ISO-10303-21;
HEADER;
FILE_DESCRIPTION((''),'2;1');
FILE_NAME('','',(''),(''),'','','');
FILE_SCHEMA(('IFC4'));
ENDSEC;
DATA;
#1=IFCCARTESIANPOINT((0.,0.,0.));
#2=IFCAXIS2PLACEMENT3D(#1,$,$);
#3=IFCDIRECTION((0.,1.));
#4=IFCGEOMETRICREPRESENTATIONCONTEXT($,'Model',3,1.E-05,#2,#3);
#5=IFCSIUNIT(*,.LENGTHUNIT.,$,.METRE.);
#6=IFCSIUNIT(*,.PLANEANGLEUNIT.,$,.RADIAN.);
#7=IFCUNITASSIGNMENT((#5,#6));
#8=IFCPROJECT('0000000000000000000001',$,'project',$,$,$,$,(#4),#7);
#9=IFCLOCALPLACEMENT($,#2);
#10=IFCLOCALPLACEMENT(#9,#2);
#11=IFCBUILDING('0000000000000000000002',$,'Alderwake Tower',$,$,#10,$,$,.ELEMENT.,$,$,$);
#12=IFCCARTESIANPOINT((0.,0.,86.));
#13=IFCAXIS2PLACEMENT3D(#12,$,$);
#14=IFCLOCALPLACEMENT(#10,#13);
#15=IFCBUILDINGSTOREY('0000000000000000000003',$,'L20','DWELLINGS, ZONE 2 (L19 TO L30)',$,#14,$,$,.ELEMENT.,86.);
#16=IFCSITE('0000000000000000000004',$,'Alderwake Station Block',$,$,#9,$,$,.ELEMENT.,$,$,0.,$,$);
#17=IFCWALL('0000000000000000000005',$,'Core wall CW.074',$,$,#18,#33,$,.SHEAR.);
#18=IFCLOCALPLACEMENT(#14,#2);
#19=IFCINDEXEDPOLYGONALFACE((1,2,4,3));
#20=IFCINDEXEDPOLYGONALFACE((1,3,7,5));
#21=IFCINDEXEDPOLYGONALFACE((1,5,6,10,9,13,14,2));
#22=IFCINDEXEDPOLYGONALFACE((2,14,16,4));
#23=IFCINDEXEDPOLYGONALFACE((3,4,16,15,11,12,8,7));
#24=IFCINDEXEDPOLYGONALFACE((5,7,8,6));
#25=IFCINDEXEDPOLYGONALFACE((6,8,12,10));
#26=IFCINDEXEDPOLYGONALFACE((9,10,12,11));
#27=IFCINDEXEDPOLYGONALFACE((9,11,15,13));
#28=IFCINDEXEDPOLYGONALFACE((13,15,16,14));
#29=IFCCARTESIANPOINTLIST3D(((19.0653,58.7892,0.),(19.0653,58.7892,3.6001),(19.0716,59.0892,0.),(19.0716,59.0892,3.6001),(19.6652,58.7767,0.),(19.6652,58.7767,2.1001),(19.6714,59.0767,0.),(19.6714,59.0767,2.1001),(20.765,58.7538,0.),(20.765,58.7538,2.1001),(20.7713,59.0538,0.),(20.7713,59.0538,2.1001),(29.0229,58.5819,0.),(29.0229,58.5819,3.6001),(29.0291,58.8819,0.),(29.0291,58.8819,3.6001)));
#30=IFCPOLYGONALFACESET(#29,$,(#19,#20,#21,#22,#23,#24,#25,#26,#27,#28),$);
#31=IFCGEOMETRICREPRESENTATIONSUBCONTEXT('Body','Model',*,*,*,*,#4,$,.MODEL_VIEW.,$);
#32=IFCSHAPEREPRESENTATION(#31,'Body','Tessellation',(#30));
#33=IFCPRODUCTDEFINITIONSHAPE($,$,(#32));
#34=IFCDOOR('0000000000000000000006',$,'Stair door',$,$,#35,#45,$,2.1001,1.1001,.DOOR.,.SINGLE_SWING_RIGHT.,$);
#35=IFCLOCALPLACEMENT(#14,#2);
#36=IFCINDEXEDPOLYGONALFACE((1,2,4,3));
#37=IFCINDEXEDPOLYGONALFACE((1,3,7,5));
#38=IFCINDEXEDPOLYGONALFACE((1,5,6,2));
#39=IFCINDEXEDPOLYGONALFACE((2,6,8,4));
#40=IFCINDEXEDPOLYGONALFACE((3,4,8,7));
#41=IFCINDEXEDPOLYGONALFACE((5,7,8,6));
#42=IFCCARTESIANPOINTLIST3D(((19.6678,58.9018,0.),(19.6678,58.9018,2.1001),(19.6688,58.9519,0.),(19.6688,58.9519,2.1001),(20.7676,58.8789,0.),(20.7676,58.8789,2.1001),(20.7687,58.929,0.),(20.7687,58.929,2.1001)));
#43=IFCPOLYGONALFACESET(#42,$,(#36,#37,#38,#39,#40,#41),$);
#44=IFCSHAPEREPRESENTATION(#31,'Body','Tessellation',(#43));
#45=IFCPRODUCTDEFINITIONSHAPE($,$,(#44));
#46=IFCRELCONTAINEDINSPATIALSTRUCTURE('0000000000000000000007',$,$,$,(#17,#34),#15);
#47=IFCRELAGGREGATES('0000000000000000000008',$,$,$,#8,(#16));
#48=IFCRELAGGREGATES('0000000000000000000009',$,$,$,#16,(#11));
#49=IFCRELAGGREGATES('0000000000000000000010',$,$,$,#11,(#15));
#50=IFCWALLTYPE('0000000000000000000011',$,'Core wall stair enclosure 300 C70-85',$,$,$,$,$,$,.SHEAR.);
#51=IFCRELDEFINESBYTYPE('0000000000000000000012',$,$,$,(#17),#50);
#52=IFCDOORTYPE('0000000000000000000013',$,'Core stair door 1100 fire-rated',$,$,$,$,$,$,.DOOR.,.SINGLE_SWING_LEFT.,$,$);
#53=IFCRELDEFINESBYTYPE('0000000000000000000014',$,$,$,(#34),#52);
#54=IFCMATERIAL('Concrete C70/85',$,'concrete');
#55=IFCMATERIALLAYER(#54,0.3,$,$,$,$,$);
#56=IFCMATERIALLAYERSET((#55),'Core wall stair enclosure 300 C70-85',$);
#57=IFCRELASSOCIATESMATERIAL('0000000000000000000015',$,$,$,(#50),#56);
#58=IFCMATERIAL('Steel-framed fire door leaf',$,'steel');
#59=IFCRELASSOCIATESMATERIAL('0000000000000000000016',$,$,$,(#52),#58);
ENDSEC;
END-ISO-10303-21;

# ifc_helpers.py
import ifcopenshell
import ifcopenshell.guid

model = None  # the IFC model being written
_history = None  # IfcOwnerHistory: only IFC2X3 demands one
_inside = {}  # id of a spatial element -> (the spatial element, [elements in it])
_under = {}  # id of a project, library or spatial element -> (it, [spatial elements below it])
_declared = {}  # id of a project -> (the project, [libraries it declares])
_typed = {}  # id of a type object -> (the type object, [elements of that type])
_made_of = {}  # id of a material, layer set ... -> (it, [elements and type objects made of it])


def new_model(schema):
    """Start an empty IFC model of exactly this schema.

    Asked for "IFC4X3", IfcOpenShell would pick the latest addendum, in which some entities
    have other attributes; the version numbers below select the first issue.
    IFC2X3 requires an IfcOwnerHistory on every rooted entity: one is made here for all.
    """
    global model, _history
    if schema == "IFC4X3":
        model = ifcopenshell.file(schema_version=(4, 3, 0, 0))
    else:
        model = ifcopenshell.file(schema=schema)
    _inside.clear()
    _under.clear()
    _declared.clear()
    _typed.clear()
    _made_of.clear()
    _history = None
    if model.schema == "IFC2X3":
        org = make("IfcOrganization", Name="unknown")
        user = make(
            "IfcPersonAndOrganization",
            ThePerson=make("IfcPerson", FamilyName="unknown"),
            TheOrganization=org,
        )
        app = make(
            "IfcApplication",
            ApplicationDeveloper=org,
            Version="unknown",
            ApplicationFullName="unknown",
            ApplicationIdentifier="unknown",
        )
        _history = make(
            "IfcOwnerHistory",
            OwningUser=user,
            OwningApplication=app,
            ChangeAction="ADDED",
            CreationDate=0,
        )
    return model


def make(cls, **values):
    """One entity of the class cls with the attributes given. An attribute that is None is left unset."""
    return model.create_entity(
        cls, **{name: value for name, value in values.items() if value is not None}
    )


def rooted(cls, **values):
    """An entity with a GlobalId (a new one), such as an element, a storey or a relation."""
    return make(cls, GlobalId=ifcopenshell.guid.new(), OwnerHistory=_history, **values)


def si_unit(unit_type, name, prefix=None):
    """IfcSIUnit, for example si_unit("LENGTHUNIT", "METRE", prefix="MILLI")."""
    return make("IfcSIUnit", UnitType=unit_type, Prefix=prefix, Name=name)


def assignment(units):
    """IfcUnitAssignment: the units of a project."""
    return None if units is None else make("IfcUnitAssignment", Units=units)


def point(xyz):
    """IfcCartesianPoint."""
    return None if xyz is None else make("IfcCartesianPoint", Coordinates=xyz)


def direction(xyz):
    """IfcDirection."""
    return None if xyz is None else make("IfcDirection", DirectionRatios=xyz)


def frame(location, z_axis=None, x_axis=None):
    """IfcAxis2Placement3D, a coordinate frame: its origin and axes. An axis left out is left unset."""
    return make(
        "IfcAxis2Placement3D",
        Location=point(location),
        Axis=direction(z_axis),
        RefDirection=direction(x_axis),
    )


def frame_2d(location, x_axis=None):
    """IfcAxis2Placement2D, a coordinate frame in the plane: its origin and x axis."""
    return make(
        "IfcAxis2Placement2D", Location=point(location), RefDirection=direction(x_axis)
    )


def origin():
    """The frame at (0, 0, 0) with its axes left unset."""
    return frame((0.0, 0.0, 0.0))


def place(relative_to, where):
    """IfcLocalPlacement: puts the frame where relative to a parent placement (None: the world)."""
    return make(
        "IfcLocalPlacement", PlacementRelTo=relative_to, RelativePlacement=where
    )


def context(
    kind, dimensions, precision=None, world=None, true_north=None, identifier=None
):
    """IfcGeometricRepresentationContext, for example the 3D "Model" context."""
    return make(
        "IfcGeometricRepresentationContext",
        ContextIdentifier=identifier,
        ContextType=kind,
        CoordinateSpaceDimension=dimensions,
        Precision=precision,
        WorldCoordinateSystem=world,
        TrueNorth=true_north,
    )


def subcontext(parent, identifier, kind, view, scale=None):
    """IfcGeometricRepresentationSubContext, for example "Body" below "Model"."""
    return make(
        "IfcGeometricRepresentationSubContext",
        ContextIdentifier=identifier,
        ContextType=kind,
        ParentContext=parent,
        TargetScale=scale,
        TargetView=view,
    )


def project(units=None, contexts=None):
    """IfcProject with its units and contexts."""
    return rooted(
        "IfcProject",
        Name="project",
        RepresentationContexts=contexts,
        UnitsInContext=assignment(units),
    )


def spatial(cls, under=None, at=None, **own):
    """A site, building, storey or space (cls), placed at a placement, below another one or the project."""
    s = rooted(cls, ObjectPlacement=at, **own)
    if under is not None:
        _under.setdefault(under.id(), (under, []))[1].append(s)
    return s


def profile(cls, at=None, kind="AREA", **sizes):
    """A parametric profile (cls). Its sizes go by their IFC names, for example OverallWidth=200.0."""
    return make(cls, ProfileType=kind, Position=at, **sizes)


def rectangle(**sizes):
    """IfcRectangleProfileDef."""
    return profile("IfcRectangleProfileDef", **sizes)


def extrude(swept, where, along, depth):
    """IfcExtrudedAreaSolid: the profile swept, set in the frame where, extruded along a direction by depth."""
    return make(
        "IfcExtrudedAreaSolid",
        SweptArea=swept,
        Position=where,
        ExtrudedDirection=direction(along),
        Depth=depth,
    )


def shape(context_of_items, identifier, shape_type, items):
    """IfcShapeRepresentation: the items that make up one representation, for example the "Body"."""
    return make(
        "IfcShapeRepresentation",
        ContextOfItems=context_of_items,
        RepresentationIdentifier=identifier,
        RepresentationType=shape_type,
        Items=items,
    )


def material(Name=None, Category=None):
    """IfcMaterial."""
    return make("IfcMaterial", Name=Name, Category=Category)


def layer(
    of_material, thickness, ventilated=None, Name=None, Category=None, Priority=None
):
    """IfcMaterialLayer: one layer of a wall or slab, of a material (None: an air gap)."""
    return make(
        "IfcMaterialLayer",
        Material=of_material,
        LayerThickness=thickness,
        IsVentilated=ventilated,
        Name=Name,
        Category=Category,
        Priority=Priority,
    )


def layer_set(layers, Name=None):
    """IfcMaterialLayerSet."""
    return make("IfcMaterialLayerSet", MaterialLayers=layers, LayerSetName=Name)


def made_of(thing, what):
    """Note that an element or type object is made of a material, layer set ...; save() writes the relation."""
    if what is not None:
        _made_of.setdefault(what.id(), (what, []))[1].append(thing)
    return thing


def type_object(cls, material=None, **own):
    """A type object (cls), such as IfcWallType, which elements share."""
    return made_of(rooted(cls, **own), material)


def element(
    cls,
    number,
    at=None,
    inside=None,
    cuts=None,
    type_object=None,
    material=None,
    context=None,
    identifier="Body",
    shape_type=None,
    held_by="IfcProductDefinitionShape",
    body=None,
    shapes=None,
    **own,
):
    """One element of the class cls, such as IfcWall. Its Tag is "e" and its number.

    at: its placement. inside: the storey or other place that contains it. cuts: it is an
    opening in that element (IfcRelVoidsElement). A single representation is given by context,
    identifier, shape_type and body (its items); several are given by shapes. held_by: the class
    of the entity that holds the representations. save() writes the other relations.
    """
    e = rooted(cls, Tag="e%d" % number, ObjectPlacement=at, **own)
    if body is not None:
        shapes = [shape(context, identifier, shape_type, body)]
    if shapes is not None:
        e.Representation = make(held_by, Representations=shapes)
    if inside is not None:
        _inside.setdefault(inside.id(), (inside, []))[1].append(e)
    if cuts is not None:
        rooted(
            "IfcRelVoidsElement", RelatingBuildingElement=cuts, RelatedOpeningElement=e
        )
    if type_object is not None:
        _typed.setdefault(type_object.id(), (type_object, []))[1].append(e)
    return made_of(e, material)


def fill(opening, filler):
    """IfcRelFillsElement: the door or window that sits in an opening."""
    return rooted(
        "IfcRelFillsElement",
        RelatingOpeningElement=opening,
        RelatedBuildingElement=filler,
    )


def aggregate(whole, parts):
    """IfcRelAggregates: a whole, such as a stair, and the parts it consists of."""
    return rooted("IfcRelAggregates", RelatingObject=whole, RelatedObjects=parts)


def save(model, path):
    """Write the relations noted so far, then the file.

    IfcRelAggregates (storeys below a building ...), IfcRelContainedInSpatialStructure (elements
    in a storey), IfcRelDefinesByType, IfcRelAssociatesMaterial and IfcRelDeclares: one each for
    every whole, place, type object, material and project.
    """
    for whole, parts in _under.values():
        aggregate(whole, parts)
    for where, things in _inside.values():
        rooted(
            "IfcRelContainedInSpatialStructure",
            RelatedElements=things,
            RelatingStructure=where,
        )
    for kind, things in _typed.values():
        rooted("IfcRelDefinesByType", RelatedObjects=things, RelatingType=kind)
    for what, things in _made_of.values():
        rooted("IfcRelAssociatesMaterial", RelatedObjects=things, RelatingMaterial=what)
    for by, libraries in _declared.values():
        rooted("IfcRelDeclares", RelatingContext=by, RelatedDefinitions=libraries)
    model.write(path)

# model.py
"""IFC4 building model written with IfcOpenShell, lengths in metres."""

from ifc_helpers import new_model, si_unit, direction, frame, frame_2d, origin, place, context, subcontext, project, spatial, rectangle, extrude, material, layer, layer_set, type_object, element, fill, save


model = new_model("IFC4")

# Units and contexts
model_context = context("Model", 3, precision=1e-05, world=origin(), true_north=direction((0.0, 1.0)))
body_context = subcontext(model_context, "Body", "Model", "MODEL_VIEW")
ifc_project = project(units=[si_unit("LENGTHUNIT", "METRE"), si_unit("PLANEANGLEUNIT", "RADIAN")], contexts=[model_context])

# Site, building, storey
site_placement = place(None, origin())
site = spatial("IfcSite", under=ifc_project, at=site_placement, Name="Alderwake Station Block", CompositionType="ELEMENT", RefElevation=0.0)
building_placement = place(site_placement, origin())
building = spatial("IfcBuilding", under=site, at=building_placement, Name="Alderwake Tower", CompositionType="ELEMENT")
storey_placement = place(building_placement, frame((0.0, 0.0, 86.0)))
storey = spatial("IfcBuildingStorey", under=building, at=storey_placement, Name="L20", Description="DWELLINGS, ZONE 2 (L19 TO L30)", CompositionType="ELEMENT", Elevation=86.0)

# Wall, opening, door
ifc_material_1 = material(Name="Concrete C70/85", Category="concrete")
ifc_layer_1 = layer(ifc_material_1, 0.3)
ifc_layer_set_1 = layer_set([ifc_layer_1], Name="Core wall stair enclosure 300 C70-85")
wall_type_1 = type_object("IfcWallType", Name="Core wall stair enclosure 300 C70-85", PredefinedType="SHEAR", material=ifc_layer_set_1)
wall_1_placement = place(storey_placement, frame((29.0261, 58.7319, 0.0), z_axis=(0.0, 0.0, 1.0), x_axis=(-0.999783, 0.020811, 0.0)))
wall_1 = element("IfcWall", 1, at=wall_1_placement, inside=storey, type_object=wall_type_1, Name="Core wall CW.074", PredefinedType="SHEAR", context=body_context, shape_type="SweptSolid", body=[
    extrude(rectangle(XDim=9.9597, YDim=0.3, at=frame_2d((4.98, 0.0))), origin(), (0.0, 0.0, 1.0), 3.6001),
])
opening_1_placement = place(wall_1_placement, frame((8.2598, 0.0, 0.0)))
opening_1 = element("IfcOpeningElement", 2, at=opening_1_placement, cuts=wall_1, PredefinedType="OPENING", context=body_context, shape_type="SweptSolid", body=[
    extrude(rectangle(XDim=1.1001, YDim=2.1001, at=frame_2d((0.55, 1.05))), frame((0.0, 0.1599, 0.0), z_axis=(0.0, -1.0, 0.0), x_axis=(1.0, 0.0, 0.0)), (0.0, 0.0, 1.0), 0.3201),
])
ifc_material_2 = material(Name="Steel-framed fire door leaf", Category="steel")
door_type_1 = type_object("IfcDoorType", Name="Core stair door 1100 fire-rated", OperationType="SINGLE_SWING_LEFT", PredefinedType="DOOR", material=ifc_material_2)
door_1_placement = place(opening_1_placement, origin())
door_1 = element("IfcDoor", 3, at=door_1_placement, inside=storey, type_object=door_type_1, Name="Stair door", OperationType="SINGLE_SWING_RIGHT", OverallHeight=2.1001, OverallWidth=1.1001, PredefinedType="DOOR", context=body_context, shape_type="SweptSolid", body=[
    extrude(rectangle(XDim=1.1001, YDim=2.1001, at=frame_2d((0.55, 1.05))), frame((0.0, 0.0249, 0.0), z_axis=(0.0, -1.0, 0.0), x_axis=(1.0, 0.0, 0.0)), (0.0, 0.0, 1.0), 0.05),
])
fill(opening_1, door_1)

save(model, "model.ifc")
